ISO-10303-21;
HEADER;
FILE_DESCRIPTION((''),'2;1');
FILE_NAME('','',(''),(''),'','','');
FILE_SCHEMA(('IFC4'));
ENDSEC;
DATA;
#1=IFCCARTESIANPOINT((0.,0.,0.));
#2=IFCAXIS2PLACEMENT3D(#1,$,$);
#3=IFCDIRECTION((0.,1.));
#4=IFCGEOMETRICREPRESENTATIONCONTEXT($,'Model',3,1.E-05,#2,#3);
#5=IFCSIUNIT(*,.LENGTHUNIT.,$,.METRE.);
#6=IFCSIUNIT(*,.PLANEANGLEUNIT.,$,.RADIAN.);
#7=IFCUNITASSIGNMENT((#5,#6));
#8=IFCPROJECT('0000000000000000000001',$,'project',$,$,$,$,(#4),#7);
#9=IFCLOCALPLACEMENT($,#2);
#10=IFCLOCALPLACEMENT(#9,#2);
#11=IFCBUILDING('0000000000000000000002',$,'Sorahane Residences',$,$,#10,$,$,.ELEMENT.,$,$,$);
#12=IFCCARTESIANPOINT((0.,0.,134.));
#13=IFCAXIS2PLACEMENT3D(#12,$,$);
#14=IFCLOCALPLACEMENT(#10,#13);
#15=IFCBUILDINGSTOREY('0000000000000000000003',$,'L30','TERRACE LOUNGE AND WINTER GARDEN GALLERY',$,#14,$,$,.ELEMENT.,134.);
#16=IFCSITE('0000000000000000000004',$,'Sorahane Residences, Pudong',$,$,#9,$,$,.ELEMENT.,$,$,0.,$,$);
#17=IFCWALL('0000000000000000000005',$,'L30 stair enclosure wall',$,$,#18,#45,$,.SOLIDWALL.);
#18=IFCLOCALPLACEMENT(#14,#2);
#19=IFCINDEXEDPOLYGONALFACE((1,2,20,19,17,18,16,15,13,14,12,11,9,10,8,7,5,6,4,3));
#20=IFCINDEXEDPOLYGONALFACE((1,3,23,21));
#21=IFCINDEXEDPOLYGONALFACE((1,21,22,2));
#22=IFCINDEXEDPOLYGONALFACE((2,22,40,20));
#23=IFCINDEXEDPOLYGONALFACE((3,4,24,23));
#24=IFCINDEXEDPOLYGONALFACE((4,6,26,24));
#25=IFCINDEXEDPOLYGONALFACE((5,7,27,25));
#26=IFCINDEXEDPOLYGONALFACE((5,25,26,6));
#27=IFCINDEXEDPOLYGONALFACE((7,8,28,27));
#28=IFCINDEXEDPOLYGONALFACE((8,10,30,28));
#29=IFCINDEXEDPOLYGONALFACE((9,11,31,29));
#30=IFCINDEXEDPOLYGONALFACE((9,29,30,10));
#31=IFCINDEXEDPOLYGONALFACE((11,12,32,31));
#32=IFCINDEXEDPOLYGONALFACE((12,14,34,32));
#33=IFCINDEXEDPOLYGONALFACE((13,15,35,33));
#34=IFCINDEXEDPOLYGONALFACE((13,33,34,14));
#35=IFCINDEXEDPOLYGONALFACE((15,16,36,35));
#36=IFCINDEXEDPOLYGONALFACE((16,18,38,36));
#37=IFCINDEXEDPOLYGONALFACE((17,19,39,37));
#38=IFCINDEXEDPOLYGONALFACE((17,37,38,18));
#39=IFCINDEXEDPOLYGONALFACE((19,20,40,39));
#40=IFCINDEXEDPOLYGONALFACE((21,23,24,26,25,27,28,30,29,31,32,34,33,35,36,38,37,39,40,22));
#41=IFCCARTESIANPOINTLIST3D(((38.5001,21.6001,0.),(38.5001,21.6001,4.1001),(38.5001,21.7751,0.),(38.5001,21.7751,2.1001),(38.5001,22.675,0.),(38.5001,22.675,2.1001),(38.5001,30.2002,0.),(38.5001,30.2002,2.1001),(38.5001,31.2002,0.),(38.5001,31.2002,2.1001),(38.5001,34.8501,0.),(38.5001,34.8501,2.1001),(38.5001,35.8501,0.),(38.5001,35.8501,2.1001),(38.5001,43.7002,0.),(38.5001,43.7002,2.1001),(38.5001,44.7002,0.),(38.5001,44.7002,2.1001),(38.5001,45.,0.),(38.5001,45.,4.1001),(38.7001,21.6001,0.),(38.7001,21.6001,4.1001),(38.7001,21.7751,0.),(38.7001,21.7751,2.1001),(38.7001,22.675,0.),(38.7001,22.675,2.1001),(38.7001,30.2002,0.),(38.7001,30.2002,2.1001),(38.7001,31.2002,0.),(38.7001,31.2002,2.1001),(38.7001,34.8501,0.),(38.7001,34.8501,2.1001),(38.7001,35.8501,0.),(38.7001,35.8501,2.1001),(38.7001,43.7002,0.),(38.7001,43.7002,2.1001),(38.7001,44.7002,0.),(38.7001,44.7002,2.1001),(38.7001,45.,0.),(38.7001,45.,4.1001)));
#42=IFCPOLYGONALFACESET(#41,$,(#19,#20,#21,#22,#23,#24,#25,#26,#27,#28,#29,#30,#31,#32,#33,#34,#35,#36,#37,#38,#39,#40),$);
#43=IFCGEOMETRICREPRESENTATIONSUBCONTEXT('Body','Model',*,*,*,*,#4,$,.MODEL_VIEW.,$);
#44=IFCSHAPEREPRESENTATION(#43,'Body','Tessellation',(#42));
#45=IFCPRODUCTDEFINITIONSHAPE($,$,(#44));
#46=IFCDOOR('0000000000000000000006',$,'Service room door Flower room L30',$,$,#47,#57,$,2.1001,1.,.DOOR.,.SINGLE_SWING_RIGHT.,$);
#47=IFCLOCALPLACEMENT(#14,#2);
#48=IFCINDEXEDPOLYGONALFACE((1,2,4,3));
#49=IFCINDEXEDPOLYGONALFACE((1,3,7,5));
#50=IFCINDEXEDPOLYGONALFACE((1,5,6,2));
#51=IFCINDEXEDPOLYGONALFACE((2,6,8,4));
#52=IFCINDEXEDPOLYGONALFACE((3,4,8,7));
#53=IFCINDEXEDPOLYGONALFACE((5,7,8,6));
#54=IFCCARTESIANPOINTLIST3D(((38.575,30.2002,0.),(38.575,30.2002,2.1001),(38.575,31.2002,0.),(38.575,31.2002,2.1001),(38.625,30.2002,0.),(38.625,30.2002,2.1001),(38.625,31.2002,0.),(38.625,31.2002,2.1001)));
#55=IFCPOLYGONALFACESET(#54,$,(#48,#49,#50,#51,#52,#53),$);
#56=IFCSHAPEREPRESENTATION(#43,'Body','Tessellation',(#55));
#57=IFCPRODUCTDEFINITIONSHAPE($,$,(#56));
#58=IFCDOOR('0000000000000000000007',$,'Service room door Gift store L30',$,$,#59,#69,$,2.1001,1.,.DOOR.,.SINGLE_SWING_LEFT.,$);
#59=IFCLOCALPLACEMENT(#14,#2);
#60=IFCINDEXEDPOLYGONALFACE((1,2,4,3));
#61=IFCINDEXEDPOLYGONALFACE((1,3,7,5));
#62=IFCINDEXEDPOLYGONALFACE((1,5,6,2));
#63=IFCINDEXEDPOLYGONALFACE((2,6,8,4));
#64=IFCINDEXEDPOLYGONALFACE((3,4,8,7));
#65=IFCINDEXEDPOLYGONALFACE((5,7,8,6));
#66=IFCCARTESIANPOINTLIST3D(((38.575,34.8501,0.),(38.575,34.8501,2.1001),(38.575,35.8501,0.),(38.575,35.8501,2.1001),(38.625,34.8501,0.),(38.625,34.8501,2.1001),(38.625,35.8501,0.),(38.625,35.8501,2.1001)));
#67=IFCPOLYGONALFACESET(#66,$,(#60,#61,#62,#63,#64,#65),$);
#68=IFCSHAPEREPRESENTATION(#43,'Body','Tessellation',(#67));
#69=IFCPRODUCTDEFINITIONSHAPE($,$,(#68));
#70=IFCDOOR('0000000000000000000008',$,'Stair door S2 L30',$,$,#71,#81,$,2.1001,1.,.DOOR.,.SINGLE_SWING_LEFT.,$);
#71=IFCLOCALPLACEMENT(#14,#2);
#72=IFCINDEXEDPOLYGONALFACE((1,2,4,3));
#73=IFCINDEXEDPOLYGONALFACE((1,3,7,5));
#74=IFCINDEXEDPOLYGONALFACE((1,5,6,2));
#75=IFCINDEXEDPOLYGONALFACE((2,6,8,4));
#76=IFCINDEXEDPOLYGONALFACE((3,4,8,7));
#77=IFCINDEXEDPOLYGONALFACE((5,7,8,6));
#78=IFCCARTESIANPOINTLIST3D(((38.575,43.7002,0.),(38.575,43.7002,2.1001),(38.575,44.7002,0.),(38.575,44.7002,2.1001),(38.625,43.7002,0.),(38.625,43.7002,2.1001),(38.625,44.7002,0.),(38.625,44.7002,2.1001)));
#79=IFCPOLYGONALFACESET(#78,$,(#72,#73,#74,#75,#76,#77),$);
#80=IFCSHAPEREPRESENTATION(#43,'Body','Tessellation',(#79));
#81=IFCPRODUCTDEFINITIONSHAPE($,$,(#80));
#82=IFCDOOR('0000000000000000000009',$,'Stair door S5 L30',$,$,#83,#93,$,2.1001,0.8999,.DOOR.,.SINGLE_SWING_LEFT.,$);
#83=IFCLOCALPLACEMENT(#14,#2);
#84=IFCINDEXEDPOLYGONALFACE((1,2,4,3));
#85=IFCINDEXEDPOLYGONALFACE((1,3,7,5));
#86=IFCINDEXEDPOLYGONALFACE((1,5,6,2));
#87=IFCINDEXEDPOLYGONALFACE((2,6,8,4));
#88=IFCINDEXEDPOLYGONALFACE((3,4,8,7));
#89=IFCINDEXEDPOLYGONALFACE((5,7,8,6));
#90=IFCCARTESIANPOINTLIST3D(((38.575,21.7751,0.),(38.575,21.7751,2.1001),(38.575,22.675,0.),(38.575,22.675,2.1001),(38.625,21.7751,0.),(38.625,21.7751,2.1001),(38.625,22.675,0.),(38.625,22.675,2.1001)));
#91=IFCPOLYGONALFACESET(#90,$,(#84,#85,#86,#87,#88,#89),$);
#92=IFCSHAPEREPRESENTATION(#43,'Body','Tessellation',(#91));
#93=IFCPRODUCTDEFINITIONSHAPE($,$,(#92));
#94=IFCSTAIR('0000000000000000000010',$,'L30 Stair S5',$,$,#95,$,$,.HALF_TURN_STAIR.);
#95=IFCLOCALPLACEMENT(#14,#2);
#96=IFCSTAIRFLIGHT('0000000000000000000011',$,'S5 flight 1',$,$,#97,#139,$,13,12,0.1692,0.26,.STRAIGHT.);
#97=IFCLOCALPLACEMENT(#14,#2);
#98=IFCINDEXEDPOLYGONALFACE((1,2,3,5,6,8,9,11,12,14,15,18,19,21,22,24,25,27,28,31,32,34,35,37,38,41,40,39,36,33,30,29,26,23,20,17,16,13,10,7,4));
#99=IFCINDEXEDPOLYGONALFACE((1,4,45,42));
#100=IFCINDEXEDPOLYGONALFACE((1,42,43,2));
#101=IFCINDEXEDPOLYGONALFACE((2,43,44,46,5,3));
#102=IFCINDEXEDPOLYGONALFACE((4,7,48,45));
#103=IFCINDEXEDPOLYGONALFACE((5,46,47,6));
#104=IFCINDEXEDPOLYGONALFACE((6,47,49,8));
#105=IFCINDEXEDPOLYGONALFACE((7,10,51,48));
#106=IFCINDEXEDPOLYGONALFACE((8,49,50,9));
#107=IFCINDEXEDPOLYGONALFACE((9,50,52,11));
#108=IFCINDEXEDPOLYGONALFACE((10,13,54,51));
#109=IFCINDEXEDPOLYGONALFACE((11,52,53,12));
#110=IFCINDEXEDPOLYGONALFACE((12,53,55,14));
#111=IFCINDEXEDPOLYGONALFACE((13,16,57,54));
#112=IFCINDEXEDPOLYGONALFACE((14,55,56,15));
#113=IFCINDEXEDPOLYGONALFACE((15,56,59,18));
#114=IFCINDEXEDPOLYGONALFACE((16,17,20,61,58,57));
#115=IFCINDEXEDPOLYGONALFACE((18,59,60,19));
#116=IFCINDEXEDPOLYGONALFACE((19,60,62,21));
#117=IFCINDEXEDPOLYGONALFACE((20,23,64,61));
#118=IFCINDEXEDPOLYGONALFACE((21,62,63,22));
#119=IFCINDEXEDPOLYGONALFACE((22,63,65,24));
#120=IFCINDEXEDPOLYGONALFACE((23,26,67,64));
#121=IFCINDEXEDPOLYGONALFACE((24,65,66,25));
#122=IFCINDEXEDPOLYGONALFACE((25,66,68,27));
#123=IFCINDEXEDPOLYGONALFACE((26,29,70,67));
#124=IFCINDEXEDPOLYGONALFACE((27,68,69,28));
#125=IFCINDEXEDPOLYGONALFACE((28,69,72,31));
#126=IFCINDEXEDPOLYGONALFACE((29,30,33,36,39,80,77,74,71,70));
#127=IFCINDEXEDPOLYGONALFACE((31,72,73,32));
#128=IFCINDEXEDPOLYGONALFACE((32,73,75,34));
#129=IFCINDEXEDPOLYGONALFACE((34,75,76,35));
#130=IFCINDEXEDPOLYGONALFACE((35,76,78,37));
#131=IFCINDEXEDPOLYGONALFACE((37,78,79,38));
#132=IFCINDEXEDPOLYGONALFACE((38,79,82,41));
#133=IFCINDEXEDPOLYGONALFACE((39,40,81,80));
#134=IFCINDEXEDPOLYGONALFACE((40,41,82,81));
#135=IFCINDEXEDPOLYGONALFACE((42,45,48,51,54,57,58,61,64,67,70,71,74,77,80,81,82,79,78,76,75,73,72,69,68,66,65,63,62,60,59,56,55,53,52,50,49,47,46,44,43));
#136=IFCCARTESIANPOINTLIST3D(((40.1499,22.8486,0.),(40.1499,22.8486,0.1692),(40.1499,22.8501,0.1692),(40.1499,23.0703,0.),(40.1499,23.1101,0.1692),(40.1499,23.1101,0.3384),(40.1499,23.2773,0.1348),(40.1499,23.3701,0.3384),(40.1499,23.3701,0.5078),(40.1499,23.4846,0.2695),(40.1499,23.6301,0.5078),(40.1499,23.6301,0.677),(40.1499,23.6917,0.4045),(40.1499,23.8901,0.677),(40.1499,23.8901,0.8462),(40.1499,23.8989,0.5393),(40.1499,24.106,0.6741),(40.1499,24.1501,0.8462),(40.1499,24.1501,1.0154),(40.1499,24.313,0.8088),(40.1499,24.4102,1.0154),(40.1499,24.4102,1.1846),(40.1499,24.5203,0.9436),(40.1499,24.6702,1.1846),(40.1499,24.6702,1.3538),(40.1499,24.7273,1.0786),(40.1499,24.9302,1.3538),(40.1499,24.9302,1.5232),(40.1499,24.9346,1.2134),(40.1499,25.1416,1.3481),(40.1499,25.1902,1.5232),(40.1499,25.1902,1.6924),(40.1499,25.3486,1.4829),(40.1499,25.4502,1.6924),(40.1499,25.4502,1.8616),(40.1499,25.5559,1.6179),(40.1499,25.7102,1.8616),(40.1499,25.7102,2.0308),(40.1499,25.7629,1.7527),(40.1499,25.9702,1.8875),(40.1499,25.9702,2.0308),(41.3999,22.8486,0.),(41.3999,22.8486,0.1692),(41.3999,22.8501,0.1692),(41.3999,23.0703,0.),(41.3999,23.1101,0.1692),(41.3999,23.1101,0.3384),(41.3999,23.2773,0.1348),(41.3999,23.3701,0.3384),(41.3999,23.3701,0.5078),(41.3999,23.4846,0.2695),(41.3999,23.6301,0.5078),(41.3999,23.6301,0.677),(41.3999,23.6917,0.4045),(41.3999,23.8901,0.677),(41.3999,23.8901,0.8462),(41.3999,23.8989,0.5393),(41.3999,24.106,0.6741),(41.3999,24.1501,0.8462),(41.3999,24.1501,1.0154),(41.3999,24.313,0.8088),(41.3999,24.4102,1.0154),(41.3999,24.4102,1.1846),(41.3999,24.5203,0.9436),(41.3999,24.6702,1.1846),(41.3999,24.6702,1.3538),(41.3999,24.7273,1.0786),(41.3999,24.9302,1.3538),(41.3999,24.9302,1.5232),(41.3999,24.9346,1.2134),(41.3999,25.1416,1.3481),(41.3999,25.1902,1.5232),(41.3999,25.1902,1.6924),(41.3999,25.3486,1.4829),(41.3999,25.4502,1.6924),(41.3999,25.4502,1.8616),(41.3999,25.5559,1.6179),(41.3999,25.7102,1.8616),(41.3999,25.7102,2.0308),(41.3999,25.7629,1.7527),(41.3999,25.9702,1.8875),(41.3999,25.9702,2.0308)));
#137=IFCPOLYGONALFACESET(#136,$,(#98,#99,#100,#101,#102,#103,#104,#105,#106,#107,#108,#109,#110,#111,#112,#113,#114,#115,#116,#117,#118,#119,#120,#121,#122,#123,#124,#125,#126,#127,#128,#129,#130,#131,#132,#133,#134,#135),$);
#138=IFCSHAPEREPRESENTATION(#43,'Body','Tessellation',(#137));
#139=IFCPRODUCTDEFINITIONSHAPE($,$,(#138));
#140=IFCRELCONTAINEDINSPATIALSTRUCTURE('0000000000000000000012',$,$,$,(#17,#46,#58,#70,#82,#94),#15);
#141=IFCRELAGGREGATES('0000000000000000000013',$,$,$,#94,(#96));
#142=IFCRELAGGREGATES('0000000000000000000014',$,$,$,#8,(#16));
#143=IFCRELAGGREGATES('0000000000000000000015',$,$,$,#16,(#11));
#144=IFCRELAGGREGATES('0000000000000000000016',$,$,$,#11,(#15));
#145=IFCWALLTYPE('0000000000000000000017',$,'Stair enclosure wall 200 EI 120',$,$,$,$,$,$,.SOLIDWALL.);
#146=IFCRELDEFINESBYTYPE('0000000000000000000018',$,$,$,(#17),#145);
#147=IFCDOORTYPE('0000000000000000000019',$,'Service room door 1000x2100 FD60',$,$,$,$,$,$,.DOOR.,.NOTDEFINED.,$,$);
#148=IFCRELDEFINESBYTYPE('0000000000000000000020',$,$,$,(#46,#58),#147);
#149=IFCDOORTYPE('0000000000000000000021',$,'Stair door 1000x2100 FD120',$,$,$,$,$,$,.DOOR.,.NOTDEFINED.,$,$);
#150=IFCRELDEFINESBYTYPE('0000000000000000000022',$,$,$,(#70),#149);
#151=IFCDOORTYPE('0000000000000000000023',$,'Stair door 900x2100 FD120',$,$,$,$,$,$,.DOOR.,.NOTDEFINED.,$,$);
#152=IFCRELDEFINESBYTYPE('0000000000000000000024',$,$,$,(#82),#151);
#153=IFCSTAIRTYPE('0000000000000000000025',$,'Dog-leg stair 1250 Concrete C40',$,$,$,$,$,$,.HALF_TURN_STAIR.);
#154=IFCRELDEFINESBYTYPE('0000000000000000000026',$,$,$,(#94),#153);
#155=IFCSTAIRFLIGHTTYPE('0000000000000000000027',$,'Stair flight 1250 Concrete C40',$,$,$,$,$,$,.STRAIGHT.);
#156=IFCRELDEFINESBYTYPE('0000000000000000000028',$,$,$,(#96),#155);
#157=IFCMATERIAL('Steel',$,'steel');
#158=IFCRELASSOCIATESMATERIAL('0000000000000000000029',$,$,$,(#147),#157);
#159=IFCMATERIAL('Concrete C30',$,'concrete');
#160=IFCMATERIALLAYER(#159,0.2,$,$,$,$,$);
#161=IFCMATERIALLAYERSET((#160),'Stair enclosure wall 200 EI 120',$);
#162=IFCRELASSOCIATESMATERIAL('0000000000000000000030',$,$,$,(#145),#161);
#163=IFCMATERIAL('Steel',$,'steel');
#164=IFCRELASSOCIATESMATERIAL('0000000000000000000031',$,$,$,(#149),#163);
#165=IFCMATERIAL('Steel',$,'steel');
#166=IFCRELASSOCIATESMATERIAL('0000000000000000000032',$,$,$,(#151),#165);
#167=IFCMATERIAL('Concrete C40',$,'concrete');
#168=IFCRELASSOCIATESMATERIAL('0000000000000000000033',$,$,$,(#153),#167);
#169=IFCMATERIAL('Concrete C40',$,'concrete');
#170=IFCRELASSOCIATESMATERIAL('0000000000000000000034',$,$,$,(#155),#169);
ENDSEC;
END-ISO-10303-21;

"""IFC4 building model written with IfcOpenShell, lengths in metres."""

from ifc_helpers import new_model, si_unit, direction, frame, frame_2d, origin, place, context, subcontext, project, spatial, polyline, rectangle, outline, extrude, material, layer, layer_set, type_object, element, fill, aggregate, save


model = new_model("IFC4")

# Units and contexts
model_context = context("Model", 3, precision=1e-05, world=origin(), true_north=direction((0.0, 1.0)))
body_context = subcontext(model_context, "Body", "Model", "MODEL_VIEW")
ifc_project = project(units=[si_unit("LENGTHUNIT", "METRE"), si_unit("PLANEANGLEUNIT", "RADIAN")], contexts=[model_context])

# Site, building, storey
site_placement = place(None, origin())
site = spatial("IfcSite", under=ifc_project, at=site_placement, Name="Sorahane Residences, Pudong", CompositionType="ELEMENT", RefElevation=0.0)
building_placement = place(site_placement, origin())
building = spatial("IfcBuilding", under=site, at=building_placement, Name="Sorahane Residences", CompositionType="ELEMENT")
storey_placement = place(building_placement, frame((0.0, 0.0, 134.0)))
storey = spatial("IfcBuildingStorey", under=building, at=storey_placement, Name="L30", Description="TERRACE LOUNGE AND WINTER GARDEN GALLERY", CompositionType="ELEMENT", Elevation=134.0)

# Wall, openings, doors
ifc_material_1 = material(Name="Steel", Category="steel")
door_type_1 = type_object("IfcDoorType", Name="Service room door 1000x2100 FD60", OperationType="NOTDEFINED", PredefinedType="DOOR", material=ifc_material_1)
ifc_material_2 = material(Name="Concrete C30", Category="concrete")
ifc_layer_1 = layer(ifc_material_2, 0.2)
ifc_layer_set_1 = layer_set([ifc_layer_1], Name="Stair enclosure wall 200 EI 120")
wall_type_1 = type_object("IfcWallType", Name="Stair enclosure wall 200 EI 120", PredefinedType="SOLIDWALL", material=ifc_layer_set_1)
wall_1_placement = place(storey_placement, frame((38.6001, 21.6001, 0.0), z_axis=(0.0, 0.0, 1.0), x_axis=(0.0, 1.0, 0.0)))
wall_1 = element("IfcWall", 1, at=wall_1_placement, inside=storey, type_object=wall_type_1, Name="L30 stair enclosure wall", PredefinedType="SOLIDWALL", context=body_context, shape_type="SweptSolid", body=[
    extrude(rectangle(XDim=23.3999, YDim=0.2, at=frame_2d((11.7, 0.0))), origin(), (0.0, 0.0, 1.0), 4.1001),
])
opening_1_placement = place(wall_1_placement, frame((8.6001, 0.0, 0.0)))
opening_1 = element("IfcOpeningElement", 2, at=opening_1_placement, cuts=wall_1, PredefinedType="OPENING", context=body_context, shape_type="SweptSolid", body=[
    extrude(rectangle(XDim=1.0, YDim=2.1001, at=frame_2d((0.5, 1.05))), frame((0.0, 0.1099, 0.0), z_axis=(0.0, -1.0, 0.0), x_axis=(1.0, 0.0, 0.0)), (0.0, 0.0, 1.0), 0.22),
])
opening_2_placement = place(wall_1_placement, frame((13.25, 0.0, 0.0)))
opening_2 = element("IfcOpeningElement", 3, at=opening_2_placement, cuts=wall_1, PredefinedType="OPENING", context=body_context, shape_type="SweptSolid", body=[
    extrude(rectangle(XDim=1.0, YDim=2.1001, at=frame_2d((0.5, 1.05))), frame((0.0, 0.1099, 0.0), z_axis=(0.0, -1.0, 0.0), x_axis=(1.0, 0.0, 0.0)), (0.0, 0.0, 1.0), 0.22),
])
opening_3_placement = place(wall_1_placement, frame((22.1001, 0.0, 0.0)))
opening_3 = element("IfcOpeningElement", 4, at=opening_3_placement, cuts=wall_1, PredefinedType="OPENING", context=body_context, shape_type="SweptSolid", body=[
    extrude(rectangle(XDim=1.0, YDim=2.1001, at=frame_2d((0.5, 1.05))), frame((0.0, 0.1099, 0.0), z_axis=(0.0, -1.0, 0.0), x_axis=(1.0, 0.0, 0.0)), (0.0, 0.0, 1.0), 0.22),
])
opening_4_placement = place(wall_1_placement, frame((0.175, 0.0, 0.0)))
opening_4 = element("IfcOpeningElement", 5, at=opening_4_placement, cuts=wall_1, PredefinedType="OPENING", context=body_context, shape_type="SweptSolid", body=[
    extrude(rectangle(XDim=0.8999, YDim=2.1001, at=frame_2d((0.45, 1.05))), frame((0.0, 0.1099, 0.0), z_axis=(0.0, -1.0, 0.0), x_axis=(1.0, 0.0, 0.0)), (0.0, 0.0, 1.0), 0.22),
])
door_1_placement = place(opening_1_placement, frame((1.0, 0.0, 0.0), z_axis=(0.0, 0.0, 1.0), x_axis=(-1.0, 0.0, 0.0)))
door_1 = element("IfcDoor", 6, at=door_1_placement, inside=storey, type_object=door_type_1, Name="Service room door Flower room L30", OperationType="SINGLE_SWING_RIGHT", OverallHeight=2.1001, OverallWidth=1.0, PredefinedType="DOOR", context=body_context, shape_type="SweptSolid", body=[
    extrude(rectangle(XDim=1.0, YDim=2.1001, at=frame_2d((0.5, 1.05))), frame((0.0, 0.0249, 0.0), z_axis=(0.0, -1.0, 0.0), x_axis=(1.0, 0.0, 0.0)), (0.0, 0.0, 1.0), 0.05),
])
fill(opening_1, door_1)
door_2_placement = place(opening_2_placement, frame((1.0, 0.0, 0.0), z_axis=(0.0, 0.0, 1.0), x_axis=(-1.0, 0.0, 0.0)))
door_2 = element("IfcDoor", 7, at=door_2_placement, inside=storey, type_object=door_type_1, Name="Service room door Gift store L30", OperationType="SINGLE_SWING_LEFT", OverallHeight=2.1001, OverallWidth=1.0, PredefinedType="DOOR", context=body_context, shape_type="SweptSolid", body=[
    extrude(rectangle(XDim=1.0, YDim=2.1001, at=frame_2d((0.5, 1.05))), frame((0.0, 0.0249, 0.0), z_axis=(0.0, -1.0, 0.0), x_axis=(1.0, 0.0, 0.0)), (0.0, 0.0, 1.0), 0.05),
])
fill(opening_2, door_2)
ifc_material_3 = material(Name="Steel", Category="steel")
door_type_2 = type_object("IfcDoorType", Name="Stair door 1000x2100 FD120", OperationType="NOTDEFINED", PredefinedType="DOOR", material=ifc_material_3)
door_3_placement = place(opening_3_placement, frame((1.0, 0.0, 0.0), z_axis=(0.0, 0.0, 1.0), x_axis=(-1.0, 0.0, 0.0)))
door_3 = element("IfcDoor", 8, at=door_3_placement, inside=storey, type_object=door_type_2, Name="Stair door S2 L30", OperationType="SINGLE_SWING_LEFT", OverallHeight=2.1001, OverallWidth=1.0, PredefinedType="DOOR", context=body_context, shape_type="SweptSolid", body=[
    extrude(rectangle(XDim=1.0, YDim=2.1001, at=frame_2d((0.5, 1.05))), frame((0.0, 0.0249, 0.0), z_axis=(0.0, -1.0, 0.0), x_axis=(1.0, 0.0, 0.0)), (0.0, 0.0, 1.0), 0.05),
])
fill(opening_3, door_3)
ifc_material_4 = material(Name="Steel", Category="steel")
door_type_3 = type_object("IfcDoorType", Name="Stair door 900x2100 FD120", OperationType="NOTDEFINED", PredefinedType="DOOR", material=ifc_material_4)
door_4_placement = place(opening_4_placement, frame((0.8999, 0.0, 0.0), z_axis=(0.0, 0.0, 1.0), x_axis=(-1.0, 0.0, 0.0)))
door_4 = element("IfcDoor", 9, at=door_4_placement, inside=storey, type_object=door_type_3, Name="Stair door S5 L30", OperationType="SINGLE_SWING_LEFT", OverallHeight=2.1001, OverallWidth=0.8999, PredefinedType="DOOR", context=body_context, shape_type="SweptSolid", body=[
    extrude(rectangle(XDim=0.8999, YDim=2.1001, at=frame_2d((0.45, 1.05))), frame((0.0, 0.0249, 0.0), z_axis=(0.0, -1.0, 0.0), x_axis=(1.0, 0.0, 0.0)), (0.0, 0.0, 1.0), 0.05),
])
fill(opening_4, door_4)

# Stair, stair flight
ifc_material_5 = material(Name="Concrete C40", Category="concrete")
stair_type = type_object("IfcStairType", Name="Dog-leg stair 1250 Concrete C40", PredefinedType="HALF_TURN_STAIR", material=ifc_material_5)
stair_placement = place(storey_placement, origin())
stair = element("IfcStair", 10, at=stair_placement, inside=storey, type_object=stair_type, Name="L30 Stair S5", PredefinedType="HALF_TURN_STAIR")
ifc_material_6 = material(Name="Concrete C40", Category="concrete")
stair_flight_type = type_object("IfcStairFlightType", Name="Stair flight 1250 Concrete C40", PredefinedType="STRAIGHT", material=ifc_material_6)
stair_flight_1_placement = place(storey_placement, frame((40.7749, 22.8501, 0.0), z_axis=(0.0, 0.0, 1.0), x_axis=(0.0, 1.0, 0.0)))
stair_flight_1 = element("IfcStairFlight", 11, at=stair_flight_1_placement, type_object=stair_flight_type, Name="S5 flight 1", NumberOfRisers=13, NumberOfTreads=12, PredefinedType="STRAIGHT", RiserHeight=0.1692, TreadLength=0.26, context=body_context, shape_type="SweptSolid", body=[
    extrude(outline(polyline([(-0.0015, 0.0), (-0.0015, 0.1692), (0.0, 0.1692), (0.26, 0.1692), (0.26, 0.3384), (0.52, 0.3384), (0.52, 0.5078), (0.78, 0.5078), (0.78, 0.677), (1.04, 0.677), (1.04, 0.8462), (1.3, 0.8462), (1.3, 1.0154), (1.5601, 1.0154), (1.5601, 1.1846), (1.8201, 1.1846), (1.8201, 1.3538), (2.0801, 1.3538), (2.0801, 1.5232), (2.3401, 1.5232), (2.3401, 1.6924), (2.6001, 1.6924), (2.6001, 1.8616), (2.8601, 1.8616), (2.8601, 2.0308), (3.1201, 2.0308), (3.1201, 2.2), (3.1201, 1.8875), (2.9128, 1.7527), (2.7058, 1.6179), (2.4985, 1.4829), (2.2915, 1.3481), (2.0845, 1.2134), (1.8772, 1.0786), (1.6702, 0.9436), (1.4629, 0.8088), (1.2559, 0.6741), (1.0488, 0.5393), (0.8416, 0.4045), (0.6345, 0.2695), (0.4272, 0.1348), (0.2202, 0.0), (-0.0015, 0.0)])), frame((0.0, 0.625, 0.0), z_axis=(0.0, -1.0, 0.0), x_axis=(1.0, 0.0, 0.0)), (0.0, 0.0, 1.0), 1.25),
])
aggregate(stair, [stair_flight_1])

save(model, "model.ifc")
